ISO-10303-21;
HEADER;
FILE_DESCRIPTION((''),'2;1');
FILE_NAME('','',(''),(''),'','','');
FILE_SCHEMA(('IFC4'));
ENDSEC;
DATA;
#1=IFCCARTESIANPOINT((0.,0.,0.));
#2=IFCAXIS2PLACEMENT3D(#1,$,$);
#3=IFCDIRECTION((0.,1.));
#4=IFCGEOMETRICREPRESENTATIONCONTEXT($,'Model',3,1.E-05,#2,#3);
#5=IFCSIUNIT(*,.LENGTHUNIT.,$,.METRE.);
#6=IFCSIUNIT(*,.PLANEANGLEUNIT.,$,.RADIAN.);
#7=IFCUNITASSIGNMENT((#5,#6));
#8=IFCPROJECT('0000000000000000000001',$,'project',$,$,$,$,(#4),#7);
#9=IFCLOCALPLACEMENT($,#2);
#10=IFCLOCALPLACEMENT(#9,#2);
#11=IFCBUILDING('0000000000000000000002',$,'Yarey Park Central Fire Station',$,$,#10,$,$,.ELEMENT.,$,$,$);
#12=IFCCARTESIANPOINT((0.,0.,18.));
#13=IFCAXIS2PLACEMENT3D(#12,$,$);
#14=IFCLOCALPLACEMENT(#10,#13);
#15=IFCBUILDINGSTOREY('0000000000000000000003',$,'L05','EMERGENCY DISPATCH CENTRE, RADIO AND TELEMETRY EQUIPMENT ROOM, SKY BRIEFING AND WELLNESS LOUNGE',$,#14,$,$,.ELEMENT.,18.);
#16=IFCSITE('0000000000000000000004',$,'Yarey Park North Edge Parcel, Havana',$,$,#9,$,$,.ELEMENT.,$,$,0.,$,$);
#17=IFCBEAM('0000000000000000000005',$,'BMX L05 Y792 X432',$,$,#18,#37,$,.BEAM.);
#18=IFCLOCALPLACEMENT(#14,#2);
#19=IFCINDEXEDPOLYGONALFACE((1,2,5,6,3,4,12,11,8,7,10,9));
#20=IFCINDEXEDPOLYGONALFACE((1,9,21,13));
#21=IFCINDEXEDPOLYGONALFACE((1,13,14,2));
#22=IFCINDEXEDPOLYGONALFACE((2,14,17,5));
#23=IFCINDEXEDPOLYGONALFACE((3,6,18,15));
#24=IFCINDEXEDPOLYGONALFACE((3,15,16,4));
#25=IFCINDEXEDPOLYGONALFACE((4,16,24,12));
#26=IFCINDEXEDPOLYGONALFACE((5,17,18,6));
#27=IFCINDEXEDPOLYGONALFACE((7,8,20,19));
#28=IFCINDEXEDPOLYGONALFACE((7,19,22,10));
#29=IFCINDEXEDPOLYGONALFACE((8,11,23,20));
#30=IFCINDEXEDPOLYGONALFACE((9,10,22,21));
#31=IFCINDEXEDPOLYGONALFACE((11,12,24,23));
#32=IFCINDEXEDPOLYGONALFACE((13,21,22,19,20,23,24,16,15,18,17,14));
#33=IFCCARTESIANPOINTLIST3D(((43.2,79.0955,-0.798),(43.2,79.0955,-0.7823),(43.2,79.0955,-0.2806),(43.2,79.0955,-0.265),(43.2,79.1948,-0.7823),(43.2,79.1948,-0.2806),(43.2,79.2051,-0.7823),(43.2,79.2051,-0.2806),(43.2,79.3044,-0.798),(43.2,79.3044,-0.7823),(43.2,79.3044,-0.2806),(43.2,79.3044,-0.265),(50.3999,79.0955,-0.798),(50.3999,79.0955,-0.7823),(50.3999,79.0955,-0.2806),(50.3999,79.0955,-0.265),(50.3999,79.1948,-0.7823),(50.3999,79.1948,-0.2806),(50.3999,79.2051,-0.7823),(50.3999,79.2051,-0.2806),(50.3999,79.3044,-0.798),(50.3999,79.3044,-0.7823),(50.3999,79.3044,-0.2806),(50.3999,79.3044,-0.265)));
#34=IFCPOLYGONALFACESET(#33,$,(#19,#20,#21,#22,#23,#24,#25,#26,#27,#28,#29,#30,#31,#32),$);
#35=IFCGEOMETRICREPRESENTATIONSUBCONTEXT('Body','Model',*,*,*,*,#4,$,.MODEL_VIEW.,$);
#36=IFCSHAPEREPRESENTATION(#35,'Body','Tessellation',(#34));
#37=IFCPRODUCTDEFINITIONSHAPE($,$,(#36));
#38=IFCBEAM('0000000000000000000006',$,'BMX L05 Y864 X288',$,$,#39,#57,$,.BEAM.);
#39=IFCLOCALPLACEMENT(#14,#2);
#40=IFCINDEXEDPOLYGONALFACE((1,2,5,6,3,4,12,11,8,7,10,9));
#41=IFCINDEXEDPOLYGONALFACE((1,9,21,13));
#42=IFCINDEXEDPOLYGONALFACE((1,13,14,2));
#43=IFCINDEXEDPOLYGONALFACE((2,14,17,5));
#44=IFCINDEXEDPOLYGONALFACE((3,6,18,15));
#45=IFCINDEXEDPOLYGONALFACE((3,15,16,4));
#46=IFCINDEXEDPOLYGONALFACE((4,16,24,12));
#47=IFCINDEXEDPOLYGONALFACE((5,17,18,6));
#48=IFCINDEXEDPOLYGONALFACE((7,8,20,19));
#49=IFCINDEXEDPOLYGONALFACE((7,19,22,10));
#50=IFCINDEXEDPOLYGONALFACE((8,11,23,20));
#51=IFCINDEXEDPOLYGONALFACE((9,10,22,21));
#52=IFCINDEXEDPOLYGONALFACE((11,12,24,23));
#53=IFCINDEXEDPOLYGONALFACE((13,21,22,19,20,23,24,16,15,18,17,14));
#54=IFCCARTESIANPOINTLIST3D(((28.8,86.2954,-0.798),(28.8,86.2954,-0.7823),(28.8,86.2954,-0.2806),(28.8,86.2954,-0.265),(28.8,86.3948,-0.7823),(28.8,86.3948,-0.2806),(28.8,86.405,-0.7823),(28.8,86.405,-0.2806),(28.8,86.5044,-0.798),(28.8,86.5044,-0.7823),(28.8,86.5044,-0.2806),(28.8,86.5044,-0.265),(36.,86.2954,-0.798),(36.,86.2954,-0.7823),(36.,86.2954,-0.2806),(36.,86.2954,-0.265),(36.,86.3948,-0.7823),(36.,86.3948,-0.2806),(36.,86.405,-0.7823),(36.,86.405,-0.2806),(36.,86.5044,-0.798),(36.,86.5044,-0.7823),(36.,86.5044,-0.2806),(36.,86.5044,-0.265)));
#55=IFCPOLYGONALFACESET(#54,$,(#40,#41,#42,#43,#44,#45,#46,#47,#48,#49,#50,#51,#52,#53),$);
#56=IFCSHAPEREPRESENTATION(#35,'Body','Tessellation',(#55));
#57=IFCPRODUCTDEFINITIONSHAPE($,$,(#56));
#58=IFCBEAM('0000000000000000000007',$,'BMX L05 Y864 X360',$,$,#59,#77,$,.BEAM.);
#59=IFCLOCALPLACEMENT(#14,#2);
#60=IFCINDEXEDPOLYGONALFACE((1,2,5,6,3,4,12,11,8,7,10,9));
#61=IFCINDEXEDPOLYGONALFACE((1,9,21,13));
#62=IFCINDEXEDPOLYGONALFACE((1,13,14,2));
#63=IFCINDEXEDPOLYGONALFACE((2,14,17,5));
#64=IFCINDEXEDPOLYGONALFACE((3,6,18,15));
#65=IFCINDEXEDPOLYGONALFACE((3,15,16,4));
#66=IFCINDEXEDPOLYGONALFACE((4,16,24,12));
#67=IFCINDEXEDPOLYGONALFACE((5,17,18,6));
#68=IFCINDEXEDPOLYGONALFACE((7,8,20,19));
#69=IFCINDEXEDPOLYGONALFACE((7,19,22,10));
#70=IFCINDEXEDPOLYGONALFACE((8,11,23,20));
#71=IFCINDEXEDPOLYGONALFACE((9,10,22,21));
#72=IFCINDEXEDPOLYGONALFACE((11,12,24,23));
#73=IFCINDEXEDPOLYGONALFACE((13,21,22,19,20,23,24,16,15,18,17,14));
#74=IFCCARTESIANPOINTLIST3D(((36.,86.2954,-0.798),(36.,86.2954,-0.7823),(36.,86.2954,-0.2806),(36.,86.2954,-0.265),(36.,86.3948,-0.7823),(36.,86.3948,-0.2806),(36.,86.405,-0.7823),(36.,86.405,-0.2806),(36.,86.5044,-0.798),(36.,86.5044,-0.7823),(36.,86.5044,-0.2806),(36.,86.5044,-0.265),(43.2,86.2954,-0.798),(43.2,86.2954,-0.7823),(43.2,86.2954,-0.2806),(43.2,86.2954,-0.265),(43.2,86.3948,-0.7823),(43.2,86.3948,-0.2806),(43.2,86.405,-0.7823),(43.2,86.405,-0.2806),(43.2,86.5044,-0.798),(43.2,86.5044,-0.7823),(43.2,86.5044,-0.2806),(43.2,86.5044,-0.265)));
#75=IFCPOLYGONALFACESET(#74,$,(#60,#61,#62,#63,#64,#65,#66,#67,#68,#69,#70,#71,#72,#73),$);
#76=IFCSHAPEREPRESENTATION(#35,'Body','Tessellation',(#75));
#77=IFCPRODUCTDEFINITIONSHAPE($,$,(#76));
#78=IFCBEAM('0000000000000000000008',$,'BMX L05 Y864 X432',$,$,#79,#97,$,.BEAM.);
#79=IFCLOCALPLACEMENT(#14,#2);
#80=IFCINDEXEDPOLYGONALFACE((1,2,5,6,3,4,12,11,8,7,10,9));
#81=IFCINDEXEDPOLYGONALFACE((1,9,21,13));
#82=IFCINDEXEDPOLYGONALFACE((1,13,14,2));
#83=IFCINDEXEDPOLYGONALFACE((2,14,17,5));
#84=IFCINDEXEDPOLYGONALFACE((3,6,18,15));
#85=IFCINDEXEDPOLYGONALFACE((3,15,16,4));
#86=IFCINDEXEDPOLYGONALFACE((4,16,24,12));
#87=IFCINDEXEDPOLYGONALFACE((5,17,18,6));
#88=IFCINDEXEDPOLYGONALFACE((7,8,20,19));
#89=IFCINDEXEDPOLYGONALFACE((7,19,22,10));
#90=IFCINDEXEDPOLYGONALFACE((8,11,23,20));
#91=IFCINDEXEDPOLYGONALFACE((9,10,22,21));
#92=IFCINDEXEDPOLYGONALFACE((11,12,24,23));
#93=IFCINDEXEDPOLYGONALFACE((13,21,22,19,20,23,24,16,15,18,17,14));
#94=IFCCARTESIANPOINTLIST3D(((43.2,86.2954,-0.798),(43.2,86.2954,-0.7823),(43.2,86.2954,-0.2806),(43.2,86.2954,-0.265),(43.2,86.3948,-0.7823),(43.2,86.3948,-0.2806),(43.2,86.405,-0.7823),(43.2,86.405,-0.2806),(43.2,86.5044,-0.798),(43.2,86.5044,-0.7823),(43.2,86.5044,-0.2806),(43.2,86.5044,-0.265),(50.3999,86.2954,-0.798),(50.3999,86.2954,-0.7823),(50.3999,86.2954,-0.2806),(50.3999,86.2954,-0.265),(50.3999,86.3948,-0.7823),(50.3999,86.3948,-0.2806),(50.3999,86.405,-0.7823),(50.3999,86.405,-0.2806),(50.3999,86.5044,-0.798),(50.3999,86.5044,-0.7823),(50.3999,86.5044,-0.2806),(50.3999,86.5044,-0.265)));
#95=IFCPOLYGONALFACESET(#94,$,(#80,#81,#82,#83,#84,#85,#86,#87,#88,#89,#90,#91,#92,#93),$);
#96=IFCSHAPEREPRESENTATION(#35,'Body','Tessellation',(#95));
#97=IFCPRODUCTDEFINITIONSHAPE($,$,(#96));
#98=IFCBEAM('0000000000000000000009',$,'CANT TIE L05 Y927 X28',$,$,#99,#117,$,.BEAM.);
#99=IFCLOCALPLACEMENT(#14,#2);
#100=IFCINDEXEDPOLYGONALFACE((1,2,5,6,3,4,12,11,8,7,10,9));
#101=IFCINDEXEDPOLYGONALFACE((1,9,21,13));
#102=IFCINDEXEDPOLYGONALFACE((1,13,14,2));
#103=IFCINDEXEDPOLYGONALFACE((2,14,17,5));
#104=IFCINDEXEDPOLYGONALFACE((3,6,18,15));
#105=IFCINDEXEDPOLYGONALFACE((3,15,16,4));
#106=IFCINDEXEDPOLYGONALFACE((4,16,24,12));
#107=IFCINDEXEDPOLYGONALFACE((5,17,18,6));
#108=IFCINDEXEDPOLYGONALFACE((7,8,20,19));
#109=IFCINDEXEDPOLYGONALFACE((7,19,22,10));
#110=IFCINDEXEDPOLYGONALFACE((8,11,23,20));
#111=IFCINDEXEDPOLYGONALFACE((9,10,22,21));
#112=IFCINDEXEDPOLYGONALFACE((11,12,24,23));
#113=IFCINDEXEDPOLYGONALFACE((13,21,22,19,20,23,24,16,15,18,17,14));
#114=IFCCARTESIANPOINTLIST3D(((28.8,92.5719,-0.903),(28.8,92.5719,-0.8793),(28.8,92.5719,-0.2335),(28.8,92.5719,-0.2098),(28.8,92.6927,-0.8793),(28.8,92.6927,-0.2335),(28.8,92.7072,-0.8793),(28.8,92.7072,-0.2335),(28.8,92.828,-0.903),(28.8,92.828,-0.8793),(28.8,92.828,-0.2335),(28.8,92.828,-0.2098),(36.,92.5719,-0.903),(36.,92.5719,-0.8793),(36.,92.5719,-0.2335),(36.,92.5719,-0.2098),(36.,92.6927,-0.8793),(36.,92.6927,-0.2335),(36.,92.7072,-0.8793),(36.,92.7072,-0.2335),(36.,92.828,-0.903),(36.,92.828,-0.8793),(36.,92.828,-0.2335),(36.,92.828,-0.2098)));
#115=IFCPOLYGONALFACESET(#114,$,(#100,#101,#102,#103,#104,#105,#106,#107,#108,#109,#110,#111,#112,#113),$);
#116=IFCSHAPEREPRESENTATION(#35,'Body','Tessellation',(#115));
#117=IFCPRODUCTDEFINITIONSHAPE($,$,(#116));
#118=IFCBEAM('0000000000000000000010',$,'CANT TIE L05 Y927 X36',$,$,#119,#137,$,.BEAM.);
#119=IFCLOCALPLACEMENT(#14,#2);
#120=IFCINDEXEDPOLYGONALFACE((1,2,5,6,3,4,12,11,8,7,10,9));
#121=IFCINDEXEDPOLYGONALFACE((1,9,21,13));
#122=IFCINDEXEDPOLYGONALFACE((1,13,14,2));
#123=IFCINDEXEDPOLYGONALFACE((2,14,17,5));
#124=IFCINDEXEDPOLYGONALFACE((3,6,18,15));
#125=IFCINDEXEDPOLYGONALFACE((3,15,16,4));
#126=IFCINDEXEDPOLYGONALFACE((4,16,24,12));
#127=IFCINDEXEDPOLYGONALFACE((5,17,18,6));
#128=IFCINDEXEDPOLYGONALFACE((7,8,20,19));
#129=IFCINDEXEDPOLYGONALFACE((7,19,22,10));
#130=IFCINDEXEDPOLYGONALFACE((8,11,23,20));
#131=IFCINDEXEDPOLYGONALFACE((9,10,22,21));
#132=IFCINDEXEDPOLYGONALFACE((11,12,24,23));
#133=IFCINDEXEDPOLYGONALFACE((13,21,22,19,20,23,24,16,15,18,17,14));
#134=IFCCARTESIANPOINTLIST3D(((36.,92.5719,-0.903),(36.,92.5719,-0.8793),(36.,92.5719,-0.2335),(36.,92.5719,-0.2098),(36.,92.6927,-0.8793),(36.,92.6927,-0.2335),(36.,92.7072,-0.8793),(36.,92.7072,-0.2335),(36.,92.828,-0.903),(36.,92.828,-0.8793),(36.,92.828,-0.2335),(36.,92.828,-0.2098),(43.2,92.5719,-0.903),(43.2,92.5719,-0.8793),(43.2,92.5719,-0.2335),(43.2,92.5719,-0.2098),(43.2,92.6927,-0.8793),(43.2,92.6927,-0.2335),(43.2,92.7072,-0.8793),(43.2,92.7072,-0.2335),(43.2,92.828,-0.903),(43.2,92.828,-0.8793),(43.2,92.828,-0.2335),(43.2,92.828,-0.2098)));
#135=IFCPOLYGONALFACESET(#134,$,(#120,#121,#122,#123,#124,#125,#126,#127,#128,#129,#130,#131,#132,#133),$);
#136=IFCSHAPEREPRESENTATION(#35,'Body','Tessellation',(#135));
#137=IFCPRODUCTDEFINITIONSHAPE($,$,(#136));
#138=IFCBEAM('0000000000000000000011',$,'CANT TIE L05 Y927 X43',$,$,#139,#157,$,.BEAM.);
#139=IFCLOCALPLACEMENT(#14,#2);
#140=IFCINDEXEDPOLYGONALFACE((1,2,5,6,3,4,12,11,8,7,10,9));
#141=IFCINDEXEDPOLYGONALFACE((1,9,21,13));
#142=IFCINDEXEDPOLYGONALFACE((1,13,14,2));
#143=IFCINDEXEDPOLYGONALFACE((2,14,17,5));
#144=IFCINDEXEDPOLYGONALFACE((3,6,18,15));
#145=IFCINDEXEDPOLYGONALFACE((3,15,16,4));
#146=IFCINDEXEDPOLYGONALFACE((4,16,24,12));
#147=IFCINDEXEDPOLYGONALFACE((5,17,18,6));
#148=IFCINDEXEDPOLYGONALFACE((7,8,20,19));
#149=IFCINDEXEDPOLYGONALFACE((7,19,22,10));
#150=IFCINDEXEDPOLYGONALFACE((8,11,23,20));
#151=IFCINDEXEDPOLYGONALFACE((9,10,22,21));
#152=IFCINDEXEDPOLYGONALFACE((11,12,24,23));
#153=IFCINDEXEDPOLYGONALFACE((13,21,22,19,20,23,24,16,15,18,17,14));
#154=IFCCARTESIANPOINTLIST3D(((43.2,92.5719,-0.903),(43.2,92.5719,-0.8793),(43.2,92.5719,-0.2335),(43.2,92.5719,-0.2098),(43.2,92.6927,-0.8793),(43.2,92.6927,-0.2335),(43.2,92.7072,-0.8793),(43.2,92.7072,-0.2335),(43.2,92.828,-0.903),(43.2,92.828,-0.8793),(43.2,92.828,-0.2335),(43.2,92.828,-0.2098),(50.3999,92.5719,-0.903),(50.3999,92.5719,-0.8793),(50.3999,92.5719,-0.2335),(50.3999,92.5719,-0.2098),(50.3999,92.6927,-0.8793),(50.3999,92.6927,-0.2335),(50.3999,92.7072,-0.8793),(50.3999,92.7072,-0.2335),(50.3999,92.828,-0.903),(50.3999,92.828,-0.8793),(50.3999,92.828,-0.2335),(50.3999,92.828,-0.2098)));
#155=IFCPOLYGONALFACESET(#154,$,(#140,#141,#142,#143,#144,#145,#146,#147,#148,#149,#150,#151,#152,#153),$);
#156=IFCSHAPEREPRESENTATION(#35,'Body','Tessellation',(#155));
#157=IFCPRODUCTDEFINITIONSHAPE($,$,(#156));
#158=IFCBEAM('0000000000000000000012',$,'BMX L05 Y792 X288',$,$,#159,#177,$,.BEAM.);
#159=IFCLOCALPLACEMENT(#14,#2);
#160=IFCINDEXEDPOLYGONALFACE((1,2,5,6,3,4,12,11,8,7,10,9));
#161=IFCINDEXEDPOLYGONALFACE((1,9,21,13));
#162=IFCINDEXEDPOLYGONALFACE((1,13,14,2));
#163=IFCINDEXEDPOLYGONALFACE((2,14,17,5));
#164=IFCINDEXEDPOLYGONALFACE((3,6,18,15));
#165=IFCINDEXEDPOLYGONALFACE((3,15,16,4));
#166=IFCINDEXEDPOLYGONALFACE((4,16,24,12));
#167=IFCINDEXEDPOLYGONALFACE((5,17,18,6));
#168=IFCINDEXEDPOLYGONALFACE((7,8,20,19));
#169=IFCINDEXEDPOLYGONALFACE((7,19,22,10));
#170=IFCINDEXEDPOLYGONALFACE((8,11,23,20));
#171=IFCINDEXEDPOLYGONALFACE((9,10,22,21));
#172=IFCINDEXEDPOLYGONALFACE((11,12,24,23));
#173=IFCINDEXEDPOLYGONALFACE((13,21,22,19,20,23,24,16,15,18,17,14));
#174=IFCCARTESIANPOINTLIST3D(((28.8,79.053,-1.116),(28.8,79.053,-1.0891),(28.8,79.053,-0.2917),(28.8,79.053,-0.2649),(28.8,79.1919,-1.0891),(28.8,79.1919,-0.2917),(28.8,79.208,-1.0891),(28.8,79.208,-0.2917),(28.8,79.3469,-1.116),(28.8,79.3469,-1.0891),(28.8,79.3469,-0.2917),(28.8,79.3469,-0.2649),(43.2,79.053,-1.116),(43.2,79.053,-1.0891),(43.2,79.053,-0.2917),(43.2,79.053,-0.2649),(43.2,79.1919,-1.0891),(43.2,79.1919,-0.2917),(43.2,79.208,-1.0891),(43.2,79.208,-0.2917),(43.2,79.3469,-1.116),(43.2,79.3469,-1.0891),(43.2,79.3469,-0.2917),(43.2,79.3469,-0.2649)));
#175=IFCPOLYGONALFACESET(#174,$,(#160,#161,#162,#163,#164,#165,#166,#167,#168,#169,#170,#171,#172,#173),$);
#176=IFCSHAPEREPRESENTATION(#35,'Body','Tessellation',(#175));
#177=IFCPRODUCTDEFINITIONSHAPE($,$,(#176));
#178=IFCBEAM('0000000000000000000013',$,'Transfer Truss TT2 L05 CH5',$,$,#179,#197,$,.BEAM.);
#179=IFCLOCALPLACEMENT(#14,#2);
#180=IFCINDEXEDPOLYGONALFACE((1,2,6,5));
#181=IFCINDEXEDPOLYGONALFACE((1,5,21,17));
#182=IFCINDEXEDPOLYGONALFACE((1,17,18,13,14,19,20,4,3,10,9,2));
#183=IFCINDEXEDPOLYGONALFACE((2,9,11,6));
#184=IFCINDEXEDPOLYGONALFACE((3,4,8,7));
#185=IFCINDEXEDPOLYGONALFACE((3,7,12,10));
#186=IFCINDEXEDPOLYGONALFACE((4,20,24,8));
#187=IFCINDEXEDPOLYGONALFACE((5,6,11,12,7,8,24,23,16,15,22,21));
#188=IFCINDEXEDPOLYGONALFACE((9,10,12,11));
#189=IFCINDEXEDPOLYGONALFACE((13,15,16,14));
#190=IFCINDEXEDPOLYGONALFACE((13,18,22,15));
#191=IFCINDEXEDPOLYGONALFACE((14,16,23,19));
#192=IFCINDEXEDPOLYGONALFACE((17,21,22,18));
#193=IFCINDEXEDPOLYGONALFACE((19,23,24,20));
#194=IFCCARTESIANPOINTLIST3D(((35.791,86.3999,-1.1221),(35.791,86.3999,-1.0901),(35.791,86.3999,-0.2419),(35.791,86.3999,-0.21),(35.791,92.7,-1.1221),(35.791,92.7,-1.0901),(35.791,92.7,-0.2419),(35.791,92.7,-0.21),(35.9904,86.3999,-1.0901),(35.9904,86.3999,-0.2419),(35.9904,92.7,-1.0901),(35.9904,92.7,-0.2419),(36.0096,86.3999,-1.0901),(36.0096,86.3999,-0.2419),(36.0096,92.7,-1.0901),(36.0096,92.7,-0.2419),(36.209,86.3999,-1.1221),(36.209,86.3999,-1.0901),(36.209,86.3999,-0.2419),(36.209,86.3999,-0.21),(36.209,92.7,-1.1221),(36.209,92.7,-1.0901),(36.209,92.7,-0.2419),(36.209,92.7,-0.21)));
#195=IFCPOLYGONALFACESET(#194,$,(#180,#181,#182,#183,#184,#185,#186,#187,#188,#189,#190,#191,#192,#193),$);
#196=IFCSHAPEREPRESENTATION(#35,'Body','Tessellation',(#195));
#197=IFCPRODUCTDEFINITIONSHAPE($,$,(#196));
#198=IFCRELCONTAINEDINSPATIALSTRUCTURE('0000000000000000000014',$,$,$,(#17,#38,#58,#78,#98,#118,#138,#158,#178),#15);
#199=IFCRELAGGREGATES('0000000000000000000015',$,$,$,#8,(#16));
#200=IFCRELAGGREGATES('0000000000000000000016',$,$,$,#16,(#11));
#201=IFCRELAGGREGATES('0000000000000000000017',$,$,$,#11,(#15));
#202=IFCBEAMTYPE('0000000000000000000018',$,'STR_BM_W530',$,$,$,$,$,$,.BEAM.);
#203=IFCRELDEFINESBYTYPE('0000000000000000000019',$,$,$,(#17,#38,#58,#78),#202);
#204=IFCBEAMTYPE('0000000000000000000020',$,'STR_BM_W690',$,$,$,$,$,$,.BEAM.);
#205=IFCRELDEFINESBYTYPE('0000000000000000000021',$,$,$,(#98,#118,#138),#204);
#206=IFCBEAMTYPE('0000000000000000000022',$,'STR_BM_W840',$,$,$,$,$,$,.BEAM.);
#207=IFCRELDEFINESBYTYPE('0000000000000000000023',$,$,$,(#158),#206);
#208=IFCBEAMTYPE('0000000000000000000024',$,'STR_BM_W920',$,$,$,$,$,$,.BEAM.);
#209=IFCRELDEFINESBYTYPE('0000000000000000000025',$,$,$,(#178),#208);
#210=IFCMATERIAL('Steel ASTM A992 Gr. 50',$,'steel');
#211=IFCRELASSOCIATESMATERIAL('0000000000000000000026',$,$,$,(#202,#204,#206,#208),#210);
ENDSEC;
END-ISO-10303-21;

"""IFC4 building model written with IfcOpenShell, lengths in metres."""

from ifc_helpers import new_model, si_unit, direction, frame, origin, origin_2d, place, context, subcontext, project, spatial, i_section, extrude, material, material_profile, profile_set, type_object, element, save


model = new_model("IFC4")

# Units and contexts
model_context = context("Model", 3, precision=1e-05, world=origin(), true_north=direction((0.0, 1.0)))
body_context = subcontext(model_context, "Body", "Model", "MODEL_VIEW")
ifc_project = project(units=[si_unit("LENGTHUNIT", "METRE"), si_unit("PLANEANGLEUNIT", "RADIAN")], contexts=[model_context])

# Site, building, storey
site_placement = place(None, origin())
site = spatial("IfcSite", under=ifc_project, at=site_placement, Name="Yarey Park North Edge Parcel, Havana", CompositionType="ELEMENT", RefElevation=0.0)
building_placement = place(site_placement, origin())
building = spatial("IfcBuilding", under=site, at=building_placement, Name="Yarey Park Central Fire Station", CompositionType="ELEMENT")
storey_placement = place(building_placement, frame((0.0, 0.0, 18.0)))
storey = spatial("IfcBuildingStorey", under=building, at=storey_placement, Name="L05", Description="EMERGENCY DISPATCH CENTRE, RADIO AND TELEMETRY EQUIPMENT ROOM, SKY BRIEFING AND WELLNESS LOUNGE", CompositionType="ELEMENT", Elevation=18.0)

# Beams
ifc_material_1 = material(Name="Steel ASTM A992 Gr. 50", Category="steel")
ifc_material_profile_1 = material_profile(ifc_material_1, i_section(OverallWidth=0.209, OverallDepth=0.533, WebThickness=0.0103, FlangeThickness=0.0156, at=origin_2d()), Name="W530x92")
ifc_profile_set_1 = profile_set([ifc_material_profile_1], Name="Steel ASTM A992 Gr. 50")
beam_type_1 = type_object("IfcBeamType", Name="STR_BM_W530", PredefinedType="BEAM", material=ifc_profile_set_1)
for number, where, z_axis, x_axis, name in (
    (1, (43.2, 79.2, -0.5315), (1.0, 0.0, 0.0), (0.0, 1.0, 0.0), "BMX L05 Y792 X432"),
    (2, (28.8, 86.3999, -0.5315), (1.0, 0.0, 0.0), (0.0, 1.0, 0.0), "BMX L05 Y864 X288"),
    (3, (36.0, 86.3999, -0.5315), (1.0, 0.0, 0.0), (0.0, 1.0, 0.0), "BMX L05 Y864 X360"),
    (4, (43.2, 86.3999, -0.5315), (1.0, 0.0, 0.0), (0.0, 1.0, 0.0), "BMX L05 Y864 X432"),
):
    element("IfcBeam", number, at=place(storey_placement, frame(where, z_axis=z_axis, x_axis=x_axis)), inside=storey, type_object=beam_type_1, Name=name, PredefinedType="BEAM", context=body_context, shape_type="SweptSolid", body=[
        extrude(i_section(OverallWidth=0.209, OverallDepth=0.533, WebThickness=0.0103, FlangeThickness=0.0156, at=origin_2d()), origin(), (0.0, 0.0, 1.0), 7.2),
    ])
ifc_material_profile_2 = material_profile(ifc_material_1, i_section(OverallWidth=0.2561, OverallDepth=0.6931, WebThickness=0.0144, FlangeThickness=0.0237, at=origin_2d()), Name="W690x170")
ifc_profile_set_2 = profile_set([ifc_material_profile_2], Name="Steel ASTM A992 Gr. 50")
beam_type_2 = type_object("IfcBeamType", Name="STR_BM_W690", PredefinedType="BEAM", material=ifc_profile_set_2)
for number, where, z_axis, x_axis, name in (
    (5, (28.8, 92.7, -0.5564), (1.0, 0.0, 0.0), (0.0, 1.0, 0.0), "CANT TIE L05 Y927 X28"),
    (6, (36.0, 92.7, -0.5564), (1.0, 0.0, 0.0), (0.0, 1.0, 0.0), "CANT TIE L05 Y927 X36"),
    (7, (43.2, 92.7, -0.5564), (1.0, 0.0, 0.0), (0.0, 1.0, 0.0), "CANT TIE L05 Y927 X43"),
):
    element("IfcBeam", number, at=place(storey_placement, frame(where, z_axis=z_axis, x_axis=x_axis)), inside=storey, type_object=beam_type_2, Name=name, PredefinedType="BEAM", context=body_context, shape_type="SweptSolid", body=[
        extrude(i_section(OverallWidth=0.2561, OverallDepth=0.6931, WebThickness=0.0144, FlangeThickness=0.0237, at=origin_2d()), origin(), (0.0, 0.0, 1.0), 7.2),
    ])
ifc_material_profile_3 = material_profile(ifc_material_1, i_section(OverallWidth=0.2939, OverallDepth=0.8511, WebThickness=0.0161, FlangeThickness=0.0269, at=origin_2d()), Name="W840x226")
ifc_profile_set_3 = profile_set([ifc_material_profile_3], Name="Steel ASTM A992 Gr. 50")
beam_type_3 = type_object("IfcBeamType", Name="STR_BM_W840", PredefinedType="BEAM", material=ifc_profile_set_3)
beam_1_placement = place(storey_placement, frame((28.8, 79.2, -0.6904), z_axis=(1.0, 0.0, 0.0), x_axis=(0.0, 1.0, 0.0)))
element("IfcBeam", 8, at=beam_1_placement, inside=storey, type_object=beam_type_3, Name="BMX L05 Y792 X288", PredefinedType="BEAM", context=body_context, shape_type="SweptSolid", body=[
    extrude(i_section(OverallWidth=0.2939, OverallDepth=0.8511, WebThickness=0.0161, FlangeThickness=0.0269, at=origin_2d()), origin(), (0.0, 0.0, 1.0), 14.3999),
])
ifc_material_profile_4 = material_profile(ifc_material_1, i_section(OverallWidth=0.418, OverallDepth=0.9121, WebThickness=0.0193, FlangeThickness=0.032, at=origin_2d()), Name="W920x342")
ifc_profile_set_4 = profile_set([ifc_material_profile_4], Name="Steel ASTM A992 Gr. 50")
beam_type_4 = type_object("IfcBeamType", Name="STR_BM_W920", PredefinedType="BEAM", material=ifc_profile_set_4)
for number, where, z_axis, x_axis, name in (
    (9, (36.0, 86.3999, -0.666), (0.0, 1.0, 0.0), (-1.0, 0.0, 0.0), "Transfer Truss TT2 L05 CH5"),
):
    element("IfcBeam", number, at=place(storey_placement, frame(where, z_axis=z_axis, x_axis=x_axis)), inside=storey, type_object=beam_type_4, Name=name, PredefinedType="BEAM", context=body_context, shape_type="SweptSolid", body=[
        extrude(i_section(OverallWidth=0.418, OverallDepth=0.9121, WebThickness=0.0193, FlangeThickness=0.032, at=origin_2d()), origin(), (0.0, 0.0, 1.0), 6.3),
    ])

save(model, "model.ifc")
